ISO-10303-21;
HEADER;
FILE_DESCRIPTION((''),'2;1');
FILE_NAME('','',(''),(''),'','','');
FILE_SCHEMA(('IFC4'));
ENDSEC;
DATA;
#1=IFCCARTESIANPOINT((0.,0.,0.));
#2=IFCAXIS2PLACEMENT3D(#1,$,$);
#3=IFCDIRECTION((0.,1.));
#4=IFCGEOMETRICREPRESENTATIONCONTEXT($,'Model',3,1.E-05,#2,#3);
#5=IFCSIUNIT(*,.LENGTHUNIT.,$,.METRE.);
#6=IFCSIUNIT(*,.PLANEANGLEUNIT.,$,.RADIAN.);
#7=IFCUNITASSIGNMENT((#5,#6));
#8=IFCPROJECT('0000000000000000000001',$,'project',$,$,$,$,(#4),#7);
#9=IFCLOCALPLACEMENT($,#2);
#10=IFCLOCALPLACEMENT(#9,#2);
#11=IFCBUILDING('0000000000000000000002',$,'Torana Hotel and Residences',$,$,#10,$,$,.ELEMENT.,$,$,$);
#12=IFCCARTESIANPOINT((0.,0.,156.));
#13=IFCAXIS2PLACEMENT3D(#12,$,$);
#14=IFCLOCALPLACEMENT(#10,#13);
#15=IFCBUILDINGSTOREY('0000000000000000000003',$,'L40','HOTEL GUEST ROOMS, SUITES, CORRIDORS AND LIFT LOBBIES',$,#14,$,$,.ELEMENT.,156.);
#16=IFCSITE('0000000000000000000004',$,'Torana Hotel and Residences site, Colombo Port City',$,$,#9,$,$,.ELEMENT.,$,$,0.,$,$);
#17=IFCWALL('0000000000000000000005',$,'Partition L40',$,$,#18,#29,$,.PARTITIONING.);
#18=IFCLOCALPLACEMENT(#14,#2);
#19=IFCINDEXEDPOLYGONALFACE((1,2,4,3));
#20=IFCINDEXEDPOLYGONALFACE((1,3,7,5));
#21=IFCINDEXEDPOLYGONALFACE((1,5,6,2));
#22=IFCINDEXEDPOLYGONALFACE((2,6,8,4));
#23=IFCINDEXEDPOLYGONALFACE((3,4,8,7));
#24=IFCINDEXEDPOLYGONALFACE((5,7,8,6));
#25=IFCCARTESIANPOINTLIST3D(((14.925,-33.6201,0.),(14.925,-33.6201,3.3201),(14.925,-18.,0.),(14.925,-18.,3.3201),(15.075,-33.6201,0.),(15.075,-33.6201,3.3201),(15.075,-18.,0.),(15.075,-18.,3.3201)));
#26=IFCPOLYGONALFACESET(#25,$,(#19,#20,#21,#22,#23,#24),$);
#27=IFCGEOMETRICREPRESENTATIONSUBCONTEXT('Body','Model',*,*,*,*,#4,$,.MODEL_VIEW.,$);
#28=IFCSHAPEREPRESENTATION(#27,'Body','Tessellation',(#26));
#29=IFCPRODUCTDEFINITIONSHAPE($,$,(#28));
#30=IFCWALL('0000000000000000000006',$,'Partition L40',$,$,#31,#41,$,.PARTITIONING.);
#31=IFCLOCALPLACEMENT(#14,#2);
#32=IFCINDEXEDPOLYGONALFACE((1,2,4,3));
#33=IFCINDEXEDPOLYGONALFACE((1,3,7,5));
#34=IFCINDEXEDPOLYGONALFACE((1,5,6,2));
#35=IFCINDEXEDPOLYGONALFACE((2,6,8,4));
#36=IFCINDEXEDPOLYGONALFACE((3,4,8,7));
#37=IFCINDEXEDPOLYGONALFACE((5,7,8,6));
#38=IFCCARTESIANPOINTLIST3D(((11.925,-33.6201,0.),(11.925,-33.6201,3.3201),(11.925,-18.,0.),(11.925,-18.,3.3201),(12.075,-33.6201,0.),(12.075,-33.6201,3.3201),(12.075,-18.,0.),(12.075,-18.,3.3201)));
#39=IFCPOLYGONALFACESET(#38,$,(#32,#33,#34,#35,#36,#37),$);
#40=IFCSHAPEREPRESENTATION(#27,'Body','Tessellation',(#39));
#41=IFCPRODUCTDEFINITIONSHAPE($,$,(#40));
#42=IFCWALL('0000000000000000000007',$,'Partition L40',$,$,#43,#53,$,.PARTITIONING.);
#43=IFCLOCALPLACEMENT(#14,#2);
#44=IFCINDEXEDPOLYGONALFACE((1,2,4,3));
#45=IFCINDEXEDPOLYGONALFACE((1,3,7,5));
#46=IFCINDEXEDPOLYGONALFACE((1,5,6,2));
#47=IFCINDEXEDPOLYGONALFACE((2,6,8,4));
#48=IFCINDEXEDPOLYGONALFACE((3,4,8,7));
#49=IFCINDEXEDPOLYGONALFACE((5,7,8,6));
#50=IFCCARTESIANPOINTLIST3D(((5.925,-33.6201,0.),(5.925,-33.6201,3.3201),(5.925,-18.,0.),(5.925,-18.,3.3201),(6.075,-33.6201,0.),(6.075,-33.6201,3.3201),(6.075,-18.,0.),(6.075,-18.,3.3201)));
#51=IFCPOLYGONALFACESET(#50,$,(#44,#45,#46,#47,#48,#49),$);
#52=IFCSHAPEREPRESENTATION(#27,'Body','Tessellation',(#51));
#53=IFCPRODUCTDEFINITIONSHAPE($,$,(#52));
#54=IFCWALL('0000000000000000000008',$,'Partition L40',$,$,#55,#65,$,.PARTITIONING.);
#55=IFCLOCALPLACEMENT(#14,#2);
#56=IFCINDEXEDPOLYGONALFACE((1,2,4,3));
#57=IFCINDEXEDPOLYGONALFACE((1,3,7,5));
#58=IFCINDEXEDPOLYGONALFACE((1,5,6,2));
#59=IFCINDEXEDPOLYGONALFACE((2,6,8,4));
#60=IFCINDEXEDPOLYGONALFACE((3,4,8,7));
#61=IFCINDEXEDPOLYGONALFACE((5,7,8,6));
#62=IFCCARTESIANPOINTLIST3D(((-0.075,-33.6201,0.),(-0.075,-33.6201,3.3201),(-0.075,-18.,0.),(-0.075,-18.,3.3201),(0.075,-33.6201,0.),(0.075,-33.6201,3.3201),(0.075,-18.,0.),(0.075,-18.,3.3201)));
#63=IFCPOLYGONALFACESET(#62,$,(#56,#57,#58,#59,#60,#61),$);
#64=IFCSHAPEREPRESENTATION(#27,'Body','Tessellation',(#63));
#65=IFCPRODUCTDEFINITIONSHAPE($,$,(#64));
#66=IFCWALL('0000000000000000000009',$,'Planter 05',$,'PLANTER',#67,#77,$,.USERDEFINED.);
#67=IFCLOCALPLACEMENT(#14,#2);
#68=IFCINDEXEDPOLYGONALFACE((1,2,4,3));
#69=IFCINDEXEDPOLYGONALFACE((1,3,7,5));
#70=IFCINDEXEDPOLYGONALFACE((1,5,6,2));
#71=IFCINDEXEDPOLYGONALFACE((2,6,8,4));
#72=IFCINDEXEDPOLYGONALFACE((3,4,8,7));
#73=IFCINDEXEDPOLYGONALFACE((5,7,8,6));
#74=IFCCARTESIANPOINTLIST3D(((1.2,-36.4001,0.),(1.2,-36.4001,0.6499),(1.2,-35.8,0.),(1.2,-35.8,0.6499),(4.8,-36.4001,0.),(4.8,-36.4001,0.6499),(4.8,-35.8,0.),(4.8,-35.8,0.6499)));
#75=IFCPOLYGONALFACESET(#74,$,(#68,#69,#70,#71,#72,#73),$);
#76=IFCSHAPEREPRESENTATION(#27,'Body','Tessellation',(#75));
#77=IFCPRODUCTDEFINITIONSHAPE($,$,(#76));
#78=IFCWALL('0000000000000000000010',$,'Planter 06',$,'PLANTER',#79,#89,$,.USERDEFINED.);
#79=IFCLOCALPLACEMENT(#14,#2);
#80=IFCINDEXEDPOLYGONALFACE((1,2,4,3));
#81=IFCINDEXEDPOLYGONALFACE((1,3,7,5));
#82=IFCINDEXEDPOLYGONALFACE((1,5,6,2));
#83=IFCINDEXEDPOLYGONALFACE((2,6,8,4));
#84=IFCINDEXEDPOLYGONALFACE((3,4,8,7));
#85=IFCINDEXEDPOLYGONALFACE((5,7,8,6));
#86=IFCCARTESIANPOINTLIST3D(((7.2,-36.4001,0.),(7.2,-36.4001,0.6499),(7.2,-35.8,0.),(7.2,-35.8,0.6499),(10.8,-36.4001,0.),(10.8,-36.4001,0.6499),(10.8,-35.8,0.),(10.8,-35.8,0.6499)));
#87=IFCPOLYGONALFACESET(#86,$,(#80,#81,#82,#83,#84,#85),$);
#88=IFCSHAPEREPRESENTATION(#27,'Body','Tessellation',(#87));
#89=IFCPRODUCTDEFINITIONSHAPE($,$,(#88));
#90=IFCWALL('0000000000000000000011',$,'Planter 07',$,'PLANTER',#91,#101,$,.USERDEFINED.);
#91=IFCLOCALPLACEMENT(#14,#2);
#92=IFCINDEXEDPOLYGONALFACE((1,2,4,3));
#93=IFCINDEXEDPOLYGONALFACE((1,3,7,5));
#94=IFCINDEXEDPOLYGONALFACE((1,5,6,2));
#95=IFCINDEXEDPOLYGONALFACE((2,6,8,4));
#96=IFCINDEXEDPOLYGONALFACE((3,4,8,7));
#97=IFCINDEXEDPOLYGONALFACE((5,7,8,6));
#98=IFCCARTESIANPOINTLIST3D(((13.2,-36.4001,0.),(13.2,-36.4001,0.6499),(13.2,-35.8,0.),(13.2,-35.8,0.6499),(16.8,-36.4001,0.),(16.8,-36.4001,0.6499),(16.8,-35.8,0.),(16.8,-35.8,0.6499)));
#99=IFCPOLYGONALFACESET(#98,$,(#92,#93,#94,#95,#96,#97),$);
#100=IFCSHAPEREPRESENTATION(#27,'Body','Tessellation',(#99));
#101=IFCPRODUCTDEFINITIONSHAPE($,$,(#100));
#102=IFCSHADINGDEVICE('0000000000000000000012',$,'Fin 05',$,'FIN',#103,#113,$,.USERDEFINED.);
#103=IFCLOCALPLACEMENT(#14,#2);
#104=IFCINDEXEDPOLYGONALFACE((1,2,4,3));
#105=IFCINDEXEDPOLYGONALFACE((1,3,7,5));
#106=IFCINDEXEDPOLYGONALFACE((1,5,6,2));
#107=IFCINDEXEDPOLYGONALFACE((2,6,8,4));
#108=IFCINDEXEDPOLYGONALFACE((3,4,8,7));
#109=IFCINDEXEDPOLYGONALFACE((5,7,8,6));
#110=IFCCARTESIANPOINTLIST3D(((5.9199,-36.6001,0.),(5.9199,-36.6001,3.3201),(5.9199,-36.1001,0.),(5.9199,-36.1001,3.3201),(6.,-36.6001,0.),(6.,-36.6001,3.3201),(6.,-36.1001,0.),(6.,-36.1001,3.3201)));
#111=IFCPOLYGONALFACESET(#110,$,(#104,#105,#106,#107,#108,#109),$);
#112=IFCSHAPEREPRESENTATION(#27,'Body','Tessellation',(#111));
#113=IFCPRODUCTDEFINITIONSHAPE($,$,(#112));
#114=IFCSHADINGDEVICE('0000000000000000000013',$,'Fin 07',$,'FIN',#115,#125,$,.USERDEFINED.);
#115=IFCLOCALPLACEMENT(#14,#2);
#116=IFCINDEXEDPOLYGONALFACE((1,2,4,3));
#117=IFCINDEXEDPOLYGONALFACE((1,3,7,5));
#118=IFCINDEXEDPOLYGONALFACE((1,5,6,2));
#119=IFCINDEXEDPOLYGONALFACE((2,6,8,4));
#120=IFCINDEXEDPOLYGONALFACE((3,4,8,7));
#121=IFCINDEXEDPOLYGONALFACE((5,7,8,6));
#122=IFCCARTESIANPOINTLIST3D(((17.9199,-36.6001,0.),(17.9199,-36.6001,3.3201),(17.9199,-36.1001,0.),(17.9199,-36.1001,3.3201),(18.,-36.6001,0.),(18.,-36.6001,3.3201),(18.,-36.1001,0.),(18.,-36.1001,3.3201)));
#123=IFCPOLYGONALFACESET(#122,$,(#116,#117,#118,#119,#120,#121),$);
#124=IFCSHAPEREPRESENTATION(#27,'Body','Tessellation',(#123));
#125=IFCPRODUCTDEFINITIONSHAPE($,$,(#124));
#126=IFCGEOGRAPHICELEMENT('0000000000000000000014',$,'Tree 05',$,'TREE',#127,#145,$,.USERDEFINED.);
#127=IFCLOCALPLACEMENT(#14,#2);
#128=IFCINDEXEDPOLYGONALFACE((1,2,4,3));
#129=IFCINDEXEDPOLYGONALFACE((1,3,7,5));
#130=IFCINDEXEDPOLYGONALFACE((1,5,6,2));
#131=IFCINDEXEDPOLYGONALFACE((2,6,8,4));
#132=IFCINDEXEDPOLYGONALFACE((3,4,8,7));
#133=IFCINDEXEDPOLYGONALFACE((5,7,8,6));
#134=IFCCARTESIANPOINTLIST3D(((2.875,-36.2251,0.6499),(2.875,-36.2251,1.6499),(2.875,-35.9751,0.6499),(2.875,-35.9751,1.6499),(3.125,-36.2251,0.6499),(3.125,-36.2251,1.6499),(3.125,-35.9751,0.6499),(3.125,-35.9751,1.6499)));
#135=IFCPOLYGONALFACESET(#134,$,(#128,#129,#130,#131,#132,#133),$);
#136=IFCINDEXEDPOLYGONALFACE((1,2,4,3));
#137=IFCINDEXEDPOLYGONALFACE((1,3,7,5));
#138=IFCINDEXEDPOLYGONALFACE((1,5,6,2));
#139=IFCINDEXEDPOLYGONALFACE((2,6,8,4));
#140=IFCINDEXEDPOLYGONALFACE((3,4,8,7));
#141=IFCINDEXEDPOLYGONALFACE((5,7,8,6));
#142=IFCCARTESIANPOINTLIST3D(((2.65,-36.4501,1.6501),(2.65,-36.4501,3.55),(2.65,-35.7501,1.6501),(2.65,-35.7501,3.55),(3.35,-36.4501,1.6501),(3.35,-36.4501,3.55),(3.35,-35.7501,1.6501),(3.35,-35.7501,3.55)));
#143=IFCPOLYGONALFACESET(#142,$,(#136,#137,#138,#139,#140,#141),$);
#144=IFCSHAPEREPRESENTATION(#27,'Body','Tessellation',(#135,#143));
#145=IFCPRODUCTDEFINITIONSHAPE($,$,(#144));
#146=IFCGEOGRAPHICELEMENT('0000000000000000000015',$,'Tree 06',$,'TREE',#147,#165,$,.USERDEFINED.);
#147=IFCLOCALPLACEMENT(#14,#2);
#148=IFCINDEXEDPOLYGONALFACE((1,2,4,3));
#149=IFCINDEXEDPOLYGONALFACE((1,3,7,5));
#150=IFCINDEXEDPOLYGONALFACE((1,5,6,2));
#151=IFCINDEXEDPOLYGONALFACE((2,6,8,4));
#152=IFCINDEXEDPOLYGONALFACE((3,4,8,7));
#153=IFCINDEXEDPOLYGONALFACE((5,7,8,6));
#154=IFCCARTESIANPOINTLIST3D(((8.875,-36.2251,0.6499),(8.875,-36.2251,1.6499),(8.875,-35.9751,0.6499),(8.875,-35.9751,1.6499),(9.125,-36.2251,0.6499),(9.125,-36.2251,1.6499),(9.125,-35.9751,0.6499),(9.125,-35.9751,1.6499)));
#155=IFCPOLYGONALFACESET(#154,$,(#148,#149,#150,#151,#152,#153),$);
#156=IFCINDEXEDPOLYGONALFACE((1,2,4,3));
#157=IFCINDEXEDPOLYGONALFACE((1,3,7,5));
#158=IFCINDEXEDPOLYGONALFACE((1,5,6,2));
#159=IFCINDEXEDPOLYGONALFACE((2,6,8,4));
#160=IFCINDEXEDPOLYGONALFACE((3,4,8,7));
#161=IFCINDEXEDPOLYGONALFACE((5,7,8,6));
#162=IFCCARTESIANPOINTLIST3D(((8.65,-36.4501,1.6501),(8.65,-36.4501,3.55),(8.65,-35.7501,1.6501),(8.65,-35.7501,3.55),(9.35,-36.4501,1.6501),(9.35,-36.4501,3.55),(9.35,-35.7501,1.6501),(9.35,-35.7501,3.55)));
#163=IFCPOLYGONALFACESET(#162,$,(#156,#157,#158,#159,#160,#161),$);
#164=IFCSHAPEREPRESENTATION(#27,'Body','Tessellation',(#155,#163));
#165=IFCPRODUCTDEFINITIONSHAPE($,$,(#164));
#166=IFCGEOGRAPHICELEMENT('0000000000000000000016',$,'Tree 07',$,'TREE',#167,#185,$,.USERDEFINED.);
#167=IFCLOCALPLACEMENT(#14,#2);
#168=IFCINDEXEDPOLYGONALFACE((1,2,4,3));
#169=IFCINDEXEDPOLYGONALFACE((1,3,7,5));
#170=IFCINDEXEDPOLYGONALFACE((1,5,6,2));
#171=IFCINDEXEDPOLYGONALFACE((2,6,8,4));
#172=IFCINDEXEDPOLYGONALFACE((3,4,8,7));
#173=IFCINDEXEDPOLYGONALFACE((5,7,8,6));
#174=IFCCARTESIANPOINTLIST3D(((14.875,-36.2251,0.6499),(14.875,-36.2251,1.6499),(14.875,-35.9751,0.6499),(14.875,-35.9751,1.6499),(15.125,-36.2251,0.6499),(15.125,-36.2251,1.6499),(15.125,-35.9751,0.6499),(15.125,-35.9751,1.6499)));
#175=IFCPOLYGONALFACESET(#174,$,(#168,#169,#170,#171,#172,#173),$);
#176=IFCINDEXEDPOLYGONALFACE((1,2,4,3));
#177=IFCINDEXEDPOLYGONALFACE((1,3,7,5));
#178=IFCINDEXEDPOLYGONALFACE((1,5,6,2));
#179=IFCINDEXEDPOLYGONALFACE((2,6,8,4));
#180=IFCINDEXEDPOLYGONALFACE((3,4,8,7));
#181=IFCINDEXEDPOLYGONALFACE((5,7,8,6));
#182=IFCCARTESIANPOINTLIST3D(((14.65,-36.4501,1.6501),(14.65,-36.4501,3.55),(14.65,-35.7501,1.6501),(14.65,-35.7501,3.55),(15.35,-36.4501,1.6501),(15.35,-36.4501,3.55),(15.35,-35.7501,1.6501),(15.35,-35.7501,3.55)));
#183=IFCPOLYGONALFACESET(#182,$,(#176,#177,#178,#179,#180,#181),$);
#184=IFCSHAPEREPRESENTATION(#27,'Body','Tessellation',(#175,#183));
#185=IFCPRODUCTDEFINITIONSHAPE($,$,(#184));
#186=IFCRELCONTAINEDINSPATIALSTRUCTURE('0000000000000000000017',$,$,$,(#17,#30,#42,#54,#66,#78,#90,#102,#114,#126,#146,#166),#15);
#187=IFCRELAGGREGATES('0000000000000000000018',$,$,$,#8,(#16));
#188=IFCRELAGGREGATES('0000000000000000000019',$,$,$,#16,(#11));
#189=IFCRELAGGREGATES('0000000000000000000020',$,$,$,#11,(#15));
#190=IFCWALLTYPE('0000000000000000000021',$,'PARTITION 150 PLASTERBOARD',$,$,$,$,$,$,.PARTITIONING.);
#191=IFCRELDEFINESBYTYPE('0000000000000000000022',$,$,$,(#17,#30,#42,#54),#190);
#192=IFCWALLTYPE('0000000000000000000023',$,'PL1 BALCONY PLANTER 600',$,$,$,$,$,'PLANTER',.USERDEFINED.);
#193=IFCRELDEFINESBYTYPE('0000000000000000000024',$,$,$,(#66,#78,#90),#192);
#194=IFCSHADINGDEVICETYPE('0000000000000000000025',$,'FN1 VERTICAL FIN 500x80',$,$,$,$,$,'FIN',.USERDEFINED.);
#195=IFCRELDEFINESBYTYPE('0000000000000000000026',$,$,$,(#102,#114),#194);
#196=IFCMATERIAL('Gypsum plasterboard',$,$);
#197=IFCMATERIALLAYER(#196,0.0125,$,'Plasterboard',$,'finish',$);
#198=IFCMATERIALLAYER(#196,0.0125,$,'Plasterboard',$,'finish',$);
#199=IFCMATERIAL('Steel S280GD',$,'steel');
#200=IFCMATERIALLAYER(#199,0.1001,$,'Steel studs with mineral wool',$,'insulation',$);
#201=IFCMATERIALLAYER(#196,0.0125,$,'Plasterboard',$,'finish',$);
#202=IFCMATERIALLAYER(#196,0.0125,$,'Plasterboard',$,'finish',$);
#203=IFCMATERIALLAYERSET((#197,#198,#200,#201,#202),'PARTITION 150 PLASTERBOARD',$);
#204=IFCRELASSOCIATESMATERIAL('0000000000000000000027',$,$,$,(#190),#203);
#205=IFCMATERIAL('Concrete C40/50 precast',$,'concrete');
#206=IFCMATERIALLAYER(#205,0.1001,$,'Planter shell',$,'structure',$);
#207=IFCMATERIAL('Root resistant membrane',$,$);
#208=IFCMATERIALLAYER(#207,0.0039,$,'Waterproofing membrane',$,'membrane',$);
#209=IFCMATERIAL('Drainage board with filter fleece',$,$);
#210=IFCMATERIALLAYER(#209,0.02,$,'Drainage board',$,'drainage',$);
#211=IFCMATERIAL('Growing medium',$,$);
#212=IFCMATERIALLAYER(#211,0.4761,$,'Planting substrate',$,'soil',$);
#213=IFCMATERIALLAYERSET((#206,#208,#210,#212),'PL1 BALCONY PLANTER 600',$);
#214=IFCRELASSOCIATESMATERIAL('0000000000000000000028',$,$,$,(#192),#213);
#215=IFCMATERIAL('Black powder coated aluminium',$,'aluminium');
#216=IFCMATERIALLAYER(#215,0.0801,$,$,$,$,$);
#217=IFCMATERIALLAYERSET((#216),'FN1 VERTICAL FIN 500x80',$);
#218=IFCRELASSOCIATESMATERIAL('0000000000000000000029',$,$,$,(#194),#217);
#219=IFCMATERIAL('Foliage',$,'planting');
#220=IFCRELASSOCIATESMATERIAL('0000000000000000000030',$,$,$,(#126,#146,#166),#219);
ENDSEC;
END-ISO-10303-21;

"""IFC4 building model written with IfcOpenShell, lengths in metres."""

from ifc_helpers import new_model, si_unit, direction, frame, frame_2d, origin, origin_2d, place, context, subcontext, project, spatial, rectangle, extrude, material, layer, layer_set, type_object, element, save


model = new_model("IFC4")

# Units and contexts
model_context = context("Model", 3, precision=1e-05, world=origin(), true_north=direction((0.0, 1.0)))
body_context = subcontext(model_context, "Body", "Model", "MODEL_VIEW")
ifc_project = project(units=[si_unit("LENGTHUNIT", "METRE"), si_unit("PLANEANGLEUNIT", "RADIAN")], contexts=[model_context])

# Site, building, storey
site_placement = place(None, origin())
site = spatial("IfcSite", under=ifc_project, at=site_placement, Name="Torana Hotel and Residences site, Colombo Port City", CompositionType="ELEMENT", RefElevation=0.0)
building_placement = place(site_placement, origin())
building = spatial("IfcBuilding", under=site, at=building_placement, Name="Torana Hotel and Residences", CompositionType="ELEMENT")
storey_placement = place(building_placement, frame((0.0, 0.0, 156.0)))
storey = spatial("IfcBuildingStorey", under=building, at=storey_placement, Name="L40", Description="HOTEL GUEST ROOMS, SUITES, CORRIDORS AND LIFT LOBBIES", CompositionType="ELEMENT", Elevation=156.0)

# Walls
ifc_material_1 = material(Name="Gypsum plasterboard")
ifc_layer_1 = layer(ifc_material_1, 0.0125, Name="Plasterboard", Category="finish")
ifc_layer_2 = layer(ifc_material_1, 0.0125, Name="Plasterboard", Category="finish")
ifc_material_2 = material(Name="Steel S280GD", Category="steel")
ifc_layer_3 = layer(ifc_material_2, 0.1001, Name="Steel studs with mineral wool", Category="insulation")
ifc_layer_4 = layer(ifc_material_1, 0.0125, Name="Plasterboard", Category="finish")
ifc_layer_5 = layer(ifc_material_1, 0.0125, Name="Plasterboard", Category="finish")
ifc_layer_set_1 = layer_set([ifc_layer_1, ifc_layer_2, ifc_layer_3, ifc_layer_4, ifc_layer_5], Name="PARTITION 150 PLASTERBOARD")
wall_type_1 = type_object("IfcWallType", Name="PARTITION 150 PLASTERBOARD", PredefinedType="PARTITIONING", material=ifc_layer_set_1)
for number, where, z_axis, x_axis, name in (
    (1, (15.0, -33.6201, 0.0), (0.0, 0.0, 1.0), (0.0, 1.0, 0.0), "Partition L40"),
    (2, (12.0, -33.6201, 0.0), (0.0, 0.0, 1.0), (0.0, 1.0, 0.0), "Partition L40"),
    (3, (6.0, -33.6201, 0.0), (0.0, 0.0, 1.0), (0.0, 1.0, 0.0), "Partition L40"),
    (4, (0.0, -33.6201, 0.0), (0.0, 0.0, 1.0), (0.0, 1.0, 0.0), "Partition L40"),
):
    element("IfcWall", number, at=place(storey_placement, frame(where, z_axis=z_axis, x_axis=x_axis)), inside=storey, type_object=wall_type_1, Name=name, PredefinedType="PARTITIONING", context=body_context, shape_type="SweptSolid", body=[
        extrude(rectangle(XDim=15.6201, YDim=0.1499, at=frame_2d((7.8101, 0.0))), origin(), (0.0, 0.0, 1.0), 3.3201),
    ])
ifc_material_3 = material(Name="Concrete C40/50 precast", Category="concrete")
ifc_layer_6 = layer(ifc_material_3, 0.1001, Name="Planter shell", Category="structure")
ifc_material_4 = material(Name="Root resistant membrane")
ifc_layer_7 = layer(ifc_material_4, 0.0039, Name="Waterproofing membrane", Category="membrane")
ifc_material_5 = material(Name="Drainage board with filter fleece")
ifc_layer_8 = layer(ifc_material_5, 0.02, Name="Drainage board", Category="drainage")
ifc_material_6 = material(Name="Growing medium")
ifc_layer_9 = layer(ifc_material_6, 0.4761, Name="Planting substrate", Category="soil")
ifc_layer_set_2 = layer_set([ifc_layer_6, ifc_layer_7, ifc_layer_8, ifc_layer_9], Name="PL1 BALCONY PLANTER 600")
wall_type_2 = type_object("IfcWallType", Name="PL1 BALCONY PLANTER 600", ElementType="PLANTER", PredefinedType="USERDEFINED", material=ifc_layer_set_2)
for number, where, z_axis, x_axis, name in (
    (5, (4.8, -36.1001, 0.0), (0.0, 0.0, 1.0), (-1.0, 0.0, 0.0), "Planter 05"),
    (6, (10.8, -36.1001, 0.0), (0.0, 0.0, 1.0), (-1.0, 0.0, 0.0), "Planter 06"),
    (7, (16.8, -36.1001, 0.0), (0.0, 0.0, 1.0), (-1.0, 0.0, 0.0), "Planter 07"),
):
    element("IfcWall", number, at=place(storey_placement, frame(where, z_axis=z_axis, x_axis=x_axis)), inside=storey, type_object=wall_type_2, Name=name, ObjectType="PLANTER", PredefinedType="USERDEFINED", context=body_context, shape_type="SweptSolid", body=[
        extrude(rectangle(XDim=3.6001, YDim=0.6001, at=frame_2d((1.8, 0.0))), origin(), (0.0, 0.0, 1.0), 0.6499),
    ])

# Shading devices
ifc_material_7 = material(Name="Black powder coated aluminium", Category="aluminium")
ifc_layer_10 = layer(ifc_material_7, 0.0801)
ifc_layer_set_3 = layer_set([ifc_layer_10], Name="FN1 VERTICAL FIN 500x80")
shading_device_type = type_object("IfcShadingDeviceType", Name="FN1 VERTICAL FIN 500x80", ElementType="FIN", PredefinedType="USERDEFINED", material=ifc_layer_set_3)
for number, where, z_axis, x_axis, name in (
    (8, (5.96, -36.3501, 0.0), (0.0, 0.0, 1.0), (-1.0, 0.0, 0.0), "Fin 05"),
    (9, (17.96, -36.3501, 0.0), (0.0, 0.0, 1.0), (-1.0, 0.0, 0.0), "Fin 07"),
):
    element("IfcShadingDevice", number, at=place(storey_placement, frame(where, z_axis=z_axis, x_axis=x_axis)), inside=storey, type_object=shading_device_type, Name=name, ObjectType="FIN", PredefinedType="USERDEFINED", context=body_context, shape_type="SweptSolid", body=[
        extrude(rectangle(XDim=0.0801, YDim=0.5, at=origin_2d()), origin(), (0.0, 0.0, 1.0), 3.3201),
    ])

# Geographic elements
ifc_material_8 = material(Name="Foliage", Category="planting")
for number, where, z_axis, x_axis, name in (
    (10, (3.0, -36.1001, 0.6499), (0.0, 0.0, 1.0), (1.0, 0.0, 0.0), "Tree 05"),
    (11, (9.0, -36.1001, 0.6499), (0.0, 0.0, 1.0), (1.0, 0.0, 0.0), "Tree 06"),
    (12, (15.0, -36.1001, 0.6499), (0.0, 0.0, 1.0), (1.0, 0.0, 0.0), "Tree 07"),
):
    element("IfcGeographicElement", number, at=place(storey_placement, frame(where, z_axis=z_axis, x_axis=x_axis)), inside=storey, material=ifc_material_8, Name=name, ObjectType="TREE", PredefinedType="USERDEFINED", context=body_context, shape_type="SweptSolid", body=[
        extrude(rectangle(XDim=0.25, YDim=0.25, at=origin_2d()), origin(), (0.0, 0.0, 1.0), 1.0),
        extrude(rectangle(XDim=0.7, YDim=0.7, at=origin_2d()), frame((0.0, 0.0, 1.0002)), (0.0, 0.0, 1.0), 1.8999),
    ])

save(model, "model.ifc")
